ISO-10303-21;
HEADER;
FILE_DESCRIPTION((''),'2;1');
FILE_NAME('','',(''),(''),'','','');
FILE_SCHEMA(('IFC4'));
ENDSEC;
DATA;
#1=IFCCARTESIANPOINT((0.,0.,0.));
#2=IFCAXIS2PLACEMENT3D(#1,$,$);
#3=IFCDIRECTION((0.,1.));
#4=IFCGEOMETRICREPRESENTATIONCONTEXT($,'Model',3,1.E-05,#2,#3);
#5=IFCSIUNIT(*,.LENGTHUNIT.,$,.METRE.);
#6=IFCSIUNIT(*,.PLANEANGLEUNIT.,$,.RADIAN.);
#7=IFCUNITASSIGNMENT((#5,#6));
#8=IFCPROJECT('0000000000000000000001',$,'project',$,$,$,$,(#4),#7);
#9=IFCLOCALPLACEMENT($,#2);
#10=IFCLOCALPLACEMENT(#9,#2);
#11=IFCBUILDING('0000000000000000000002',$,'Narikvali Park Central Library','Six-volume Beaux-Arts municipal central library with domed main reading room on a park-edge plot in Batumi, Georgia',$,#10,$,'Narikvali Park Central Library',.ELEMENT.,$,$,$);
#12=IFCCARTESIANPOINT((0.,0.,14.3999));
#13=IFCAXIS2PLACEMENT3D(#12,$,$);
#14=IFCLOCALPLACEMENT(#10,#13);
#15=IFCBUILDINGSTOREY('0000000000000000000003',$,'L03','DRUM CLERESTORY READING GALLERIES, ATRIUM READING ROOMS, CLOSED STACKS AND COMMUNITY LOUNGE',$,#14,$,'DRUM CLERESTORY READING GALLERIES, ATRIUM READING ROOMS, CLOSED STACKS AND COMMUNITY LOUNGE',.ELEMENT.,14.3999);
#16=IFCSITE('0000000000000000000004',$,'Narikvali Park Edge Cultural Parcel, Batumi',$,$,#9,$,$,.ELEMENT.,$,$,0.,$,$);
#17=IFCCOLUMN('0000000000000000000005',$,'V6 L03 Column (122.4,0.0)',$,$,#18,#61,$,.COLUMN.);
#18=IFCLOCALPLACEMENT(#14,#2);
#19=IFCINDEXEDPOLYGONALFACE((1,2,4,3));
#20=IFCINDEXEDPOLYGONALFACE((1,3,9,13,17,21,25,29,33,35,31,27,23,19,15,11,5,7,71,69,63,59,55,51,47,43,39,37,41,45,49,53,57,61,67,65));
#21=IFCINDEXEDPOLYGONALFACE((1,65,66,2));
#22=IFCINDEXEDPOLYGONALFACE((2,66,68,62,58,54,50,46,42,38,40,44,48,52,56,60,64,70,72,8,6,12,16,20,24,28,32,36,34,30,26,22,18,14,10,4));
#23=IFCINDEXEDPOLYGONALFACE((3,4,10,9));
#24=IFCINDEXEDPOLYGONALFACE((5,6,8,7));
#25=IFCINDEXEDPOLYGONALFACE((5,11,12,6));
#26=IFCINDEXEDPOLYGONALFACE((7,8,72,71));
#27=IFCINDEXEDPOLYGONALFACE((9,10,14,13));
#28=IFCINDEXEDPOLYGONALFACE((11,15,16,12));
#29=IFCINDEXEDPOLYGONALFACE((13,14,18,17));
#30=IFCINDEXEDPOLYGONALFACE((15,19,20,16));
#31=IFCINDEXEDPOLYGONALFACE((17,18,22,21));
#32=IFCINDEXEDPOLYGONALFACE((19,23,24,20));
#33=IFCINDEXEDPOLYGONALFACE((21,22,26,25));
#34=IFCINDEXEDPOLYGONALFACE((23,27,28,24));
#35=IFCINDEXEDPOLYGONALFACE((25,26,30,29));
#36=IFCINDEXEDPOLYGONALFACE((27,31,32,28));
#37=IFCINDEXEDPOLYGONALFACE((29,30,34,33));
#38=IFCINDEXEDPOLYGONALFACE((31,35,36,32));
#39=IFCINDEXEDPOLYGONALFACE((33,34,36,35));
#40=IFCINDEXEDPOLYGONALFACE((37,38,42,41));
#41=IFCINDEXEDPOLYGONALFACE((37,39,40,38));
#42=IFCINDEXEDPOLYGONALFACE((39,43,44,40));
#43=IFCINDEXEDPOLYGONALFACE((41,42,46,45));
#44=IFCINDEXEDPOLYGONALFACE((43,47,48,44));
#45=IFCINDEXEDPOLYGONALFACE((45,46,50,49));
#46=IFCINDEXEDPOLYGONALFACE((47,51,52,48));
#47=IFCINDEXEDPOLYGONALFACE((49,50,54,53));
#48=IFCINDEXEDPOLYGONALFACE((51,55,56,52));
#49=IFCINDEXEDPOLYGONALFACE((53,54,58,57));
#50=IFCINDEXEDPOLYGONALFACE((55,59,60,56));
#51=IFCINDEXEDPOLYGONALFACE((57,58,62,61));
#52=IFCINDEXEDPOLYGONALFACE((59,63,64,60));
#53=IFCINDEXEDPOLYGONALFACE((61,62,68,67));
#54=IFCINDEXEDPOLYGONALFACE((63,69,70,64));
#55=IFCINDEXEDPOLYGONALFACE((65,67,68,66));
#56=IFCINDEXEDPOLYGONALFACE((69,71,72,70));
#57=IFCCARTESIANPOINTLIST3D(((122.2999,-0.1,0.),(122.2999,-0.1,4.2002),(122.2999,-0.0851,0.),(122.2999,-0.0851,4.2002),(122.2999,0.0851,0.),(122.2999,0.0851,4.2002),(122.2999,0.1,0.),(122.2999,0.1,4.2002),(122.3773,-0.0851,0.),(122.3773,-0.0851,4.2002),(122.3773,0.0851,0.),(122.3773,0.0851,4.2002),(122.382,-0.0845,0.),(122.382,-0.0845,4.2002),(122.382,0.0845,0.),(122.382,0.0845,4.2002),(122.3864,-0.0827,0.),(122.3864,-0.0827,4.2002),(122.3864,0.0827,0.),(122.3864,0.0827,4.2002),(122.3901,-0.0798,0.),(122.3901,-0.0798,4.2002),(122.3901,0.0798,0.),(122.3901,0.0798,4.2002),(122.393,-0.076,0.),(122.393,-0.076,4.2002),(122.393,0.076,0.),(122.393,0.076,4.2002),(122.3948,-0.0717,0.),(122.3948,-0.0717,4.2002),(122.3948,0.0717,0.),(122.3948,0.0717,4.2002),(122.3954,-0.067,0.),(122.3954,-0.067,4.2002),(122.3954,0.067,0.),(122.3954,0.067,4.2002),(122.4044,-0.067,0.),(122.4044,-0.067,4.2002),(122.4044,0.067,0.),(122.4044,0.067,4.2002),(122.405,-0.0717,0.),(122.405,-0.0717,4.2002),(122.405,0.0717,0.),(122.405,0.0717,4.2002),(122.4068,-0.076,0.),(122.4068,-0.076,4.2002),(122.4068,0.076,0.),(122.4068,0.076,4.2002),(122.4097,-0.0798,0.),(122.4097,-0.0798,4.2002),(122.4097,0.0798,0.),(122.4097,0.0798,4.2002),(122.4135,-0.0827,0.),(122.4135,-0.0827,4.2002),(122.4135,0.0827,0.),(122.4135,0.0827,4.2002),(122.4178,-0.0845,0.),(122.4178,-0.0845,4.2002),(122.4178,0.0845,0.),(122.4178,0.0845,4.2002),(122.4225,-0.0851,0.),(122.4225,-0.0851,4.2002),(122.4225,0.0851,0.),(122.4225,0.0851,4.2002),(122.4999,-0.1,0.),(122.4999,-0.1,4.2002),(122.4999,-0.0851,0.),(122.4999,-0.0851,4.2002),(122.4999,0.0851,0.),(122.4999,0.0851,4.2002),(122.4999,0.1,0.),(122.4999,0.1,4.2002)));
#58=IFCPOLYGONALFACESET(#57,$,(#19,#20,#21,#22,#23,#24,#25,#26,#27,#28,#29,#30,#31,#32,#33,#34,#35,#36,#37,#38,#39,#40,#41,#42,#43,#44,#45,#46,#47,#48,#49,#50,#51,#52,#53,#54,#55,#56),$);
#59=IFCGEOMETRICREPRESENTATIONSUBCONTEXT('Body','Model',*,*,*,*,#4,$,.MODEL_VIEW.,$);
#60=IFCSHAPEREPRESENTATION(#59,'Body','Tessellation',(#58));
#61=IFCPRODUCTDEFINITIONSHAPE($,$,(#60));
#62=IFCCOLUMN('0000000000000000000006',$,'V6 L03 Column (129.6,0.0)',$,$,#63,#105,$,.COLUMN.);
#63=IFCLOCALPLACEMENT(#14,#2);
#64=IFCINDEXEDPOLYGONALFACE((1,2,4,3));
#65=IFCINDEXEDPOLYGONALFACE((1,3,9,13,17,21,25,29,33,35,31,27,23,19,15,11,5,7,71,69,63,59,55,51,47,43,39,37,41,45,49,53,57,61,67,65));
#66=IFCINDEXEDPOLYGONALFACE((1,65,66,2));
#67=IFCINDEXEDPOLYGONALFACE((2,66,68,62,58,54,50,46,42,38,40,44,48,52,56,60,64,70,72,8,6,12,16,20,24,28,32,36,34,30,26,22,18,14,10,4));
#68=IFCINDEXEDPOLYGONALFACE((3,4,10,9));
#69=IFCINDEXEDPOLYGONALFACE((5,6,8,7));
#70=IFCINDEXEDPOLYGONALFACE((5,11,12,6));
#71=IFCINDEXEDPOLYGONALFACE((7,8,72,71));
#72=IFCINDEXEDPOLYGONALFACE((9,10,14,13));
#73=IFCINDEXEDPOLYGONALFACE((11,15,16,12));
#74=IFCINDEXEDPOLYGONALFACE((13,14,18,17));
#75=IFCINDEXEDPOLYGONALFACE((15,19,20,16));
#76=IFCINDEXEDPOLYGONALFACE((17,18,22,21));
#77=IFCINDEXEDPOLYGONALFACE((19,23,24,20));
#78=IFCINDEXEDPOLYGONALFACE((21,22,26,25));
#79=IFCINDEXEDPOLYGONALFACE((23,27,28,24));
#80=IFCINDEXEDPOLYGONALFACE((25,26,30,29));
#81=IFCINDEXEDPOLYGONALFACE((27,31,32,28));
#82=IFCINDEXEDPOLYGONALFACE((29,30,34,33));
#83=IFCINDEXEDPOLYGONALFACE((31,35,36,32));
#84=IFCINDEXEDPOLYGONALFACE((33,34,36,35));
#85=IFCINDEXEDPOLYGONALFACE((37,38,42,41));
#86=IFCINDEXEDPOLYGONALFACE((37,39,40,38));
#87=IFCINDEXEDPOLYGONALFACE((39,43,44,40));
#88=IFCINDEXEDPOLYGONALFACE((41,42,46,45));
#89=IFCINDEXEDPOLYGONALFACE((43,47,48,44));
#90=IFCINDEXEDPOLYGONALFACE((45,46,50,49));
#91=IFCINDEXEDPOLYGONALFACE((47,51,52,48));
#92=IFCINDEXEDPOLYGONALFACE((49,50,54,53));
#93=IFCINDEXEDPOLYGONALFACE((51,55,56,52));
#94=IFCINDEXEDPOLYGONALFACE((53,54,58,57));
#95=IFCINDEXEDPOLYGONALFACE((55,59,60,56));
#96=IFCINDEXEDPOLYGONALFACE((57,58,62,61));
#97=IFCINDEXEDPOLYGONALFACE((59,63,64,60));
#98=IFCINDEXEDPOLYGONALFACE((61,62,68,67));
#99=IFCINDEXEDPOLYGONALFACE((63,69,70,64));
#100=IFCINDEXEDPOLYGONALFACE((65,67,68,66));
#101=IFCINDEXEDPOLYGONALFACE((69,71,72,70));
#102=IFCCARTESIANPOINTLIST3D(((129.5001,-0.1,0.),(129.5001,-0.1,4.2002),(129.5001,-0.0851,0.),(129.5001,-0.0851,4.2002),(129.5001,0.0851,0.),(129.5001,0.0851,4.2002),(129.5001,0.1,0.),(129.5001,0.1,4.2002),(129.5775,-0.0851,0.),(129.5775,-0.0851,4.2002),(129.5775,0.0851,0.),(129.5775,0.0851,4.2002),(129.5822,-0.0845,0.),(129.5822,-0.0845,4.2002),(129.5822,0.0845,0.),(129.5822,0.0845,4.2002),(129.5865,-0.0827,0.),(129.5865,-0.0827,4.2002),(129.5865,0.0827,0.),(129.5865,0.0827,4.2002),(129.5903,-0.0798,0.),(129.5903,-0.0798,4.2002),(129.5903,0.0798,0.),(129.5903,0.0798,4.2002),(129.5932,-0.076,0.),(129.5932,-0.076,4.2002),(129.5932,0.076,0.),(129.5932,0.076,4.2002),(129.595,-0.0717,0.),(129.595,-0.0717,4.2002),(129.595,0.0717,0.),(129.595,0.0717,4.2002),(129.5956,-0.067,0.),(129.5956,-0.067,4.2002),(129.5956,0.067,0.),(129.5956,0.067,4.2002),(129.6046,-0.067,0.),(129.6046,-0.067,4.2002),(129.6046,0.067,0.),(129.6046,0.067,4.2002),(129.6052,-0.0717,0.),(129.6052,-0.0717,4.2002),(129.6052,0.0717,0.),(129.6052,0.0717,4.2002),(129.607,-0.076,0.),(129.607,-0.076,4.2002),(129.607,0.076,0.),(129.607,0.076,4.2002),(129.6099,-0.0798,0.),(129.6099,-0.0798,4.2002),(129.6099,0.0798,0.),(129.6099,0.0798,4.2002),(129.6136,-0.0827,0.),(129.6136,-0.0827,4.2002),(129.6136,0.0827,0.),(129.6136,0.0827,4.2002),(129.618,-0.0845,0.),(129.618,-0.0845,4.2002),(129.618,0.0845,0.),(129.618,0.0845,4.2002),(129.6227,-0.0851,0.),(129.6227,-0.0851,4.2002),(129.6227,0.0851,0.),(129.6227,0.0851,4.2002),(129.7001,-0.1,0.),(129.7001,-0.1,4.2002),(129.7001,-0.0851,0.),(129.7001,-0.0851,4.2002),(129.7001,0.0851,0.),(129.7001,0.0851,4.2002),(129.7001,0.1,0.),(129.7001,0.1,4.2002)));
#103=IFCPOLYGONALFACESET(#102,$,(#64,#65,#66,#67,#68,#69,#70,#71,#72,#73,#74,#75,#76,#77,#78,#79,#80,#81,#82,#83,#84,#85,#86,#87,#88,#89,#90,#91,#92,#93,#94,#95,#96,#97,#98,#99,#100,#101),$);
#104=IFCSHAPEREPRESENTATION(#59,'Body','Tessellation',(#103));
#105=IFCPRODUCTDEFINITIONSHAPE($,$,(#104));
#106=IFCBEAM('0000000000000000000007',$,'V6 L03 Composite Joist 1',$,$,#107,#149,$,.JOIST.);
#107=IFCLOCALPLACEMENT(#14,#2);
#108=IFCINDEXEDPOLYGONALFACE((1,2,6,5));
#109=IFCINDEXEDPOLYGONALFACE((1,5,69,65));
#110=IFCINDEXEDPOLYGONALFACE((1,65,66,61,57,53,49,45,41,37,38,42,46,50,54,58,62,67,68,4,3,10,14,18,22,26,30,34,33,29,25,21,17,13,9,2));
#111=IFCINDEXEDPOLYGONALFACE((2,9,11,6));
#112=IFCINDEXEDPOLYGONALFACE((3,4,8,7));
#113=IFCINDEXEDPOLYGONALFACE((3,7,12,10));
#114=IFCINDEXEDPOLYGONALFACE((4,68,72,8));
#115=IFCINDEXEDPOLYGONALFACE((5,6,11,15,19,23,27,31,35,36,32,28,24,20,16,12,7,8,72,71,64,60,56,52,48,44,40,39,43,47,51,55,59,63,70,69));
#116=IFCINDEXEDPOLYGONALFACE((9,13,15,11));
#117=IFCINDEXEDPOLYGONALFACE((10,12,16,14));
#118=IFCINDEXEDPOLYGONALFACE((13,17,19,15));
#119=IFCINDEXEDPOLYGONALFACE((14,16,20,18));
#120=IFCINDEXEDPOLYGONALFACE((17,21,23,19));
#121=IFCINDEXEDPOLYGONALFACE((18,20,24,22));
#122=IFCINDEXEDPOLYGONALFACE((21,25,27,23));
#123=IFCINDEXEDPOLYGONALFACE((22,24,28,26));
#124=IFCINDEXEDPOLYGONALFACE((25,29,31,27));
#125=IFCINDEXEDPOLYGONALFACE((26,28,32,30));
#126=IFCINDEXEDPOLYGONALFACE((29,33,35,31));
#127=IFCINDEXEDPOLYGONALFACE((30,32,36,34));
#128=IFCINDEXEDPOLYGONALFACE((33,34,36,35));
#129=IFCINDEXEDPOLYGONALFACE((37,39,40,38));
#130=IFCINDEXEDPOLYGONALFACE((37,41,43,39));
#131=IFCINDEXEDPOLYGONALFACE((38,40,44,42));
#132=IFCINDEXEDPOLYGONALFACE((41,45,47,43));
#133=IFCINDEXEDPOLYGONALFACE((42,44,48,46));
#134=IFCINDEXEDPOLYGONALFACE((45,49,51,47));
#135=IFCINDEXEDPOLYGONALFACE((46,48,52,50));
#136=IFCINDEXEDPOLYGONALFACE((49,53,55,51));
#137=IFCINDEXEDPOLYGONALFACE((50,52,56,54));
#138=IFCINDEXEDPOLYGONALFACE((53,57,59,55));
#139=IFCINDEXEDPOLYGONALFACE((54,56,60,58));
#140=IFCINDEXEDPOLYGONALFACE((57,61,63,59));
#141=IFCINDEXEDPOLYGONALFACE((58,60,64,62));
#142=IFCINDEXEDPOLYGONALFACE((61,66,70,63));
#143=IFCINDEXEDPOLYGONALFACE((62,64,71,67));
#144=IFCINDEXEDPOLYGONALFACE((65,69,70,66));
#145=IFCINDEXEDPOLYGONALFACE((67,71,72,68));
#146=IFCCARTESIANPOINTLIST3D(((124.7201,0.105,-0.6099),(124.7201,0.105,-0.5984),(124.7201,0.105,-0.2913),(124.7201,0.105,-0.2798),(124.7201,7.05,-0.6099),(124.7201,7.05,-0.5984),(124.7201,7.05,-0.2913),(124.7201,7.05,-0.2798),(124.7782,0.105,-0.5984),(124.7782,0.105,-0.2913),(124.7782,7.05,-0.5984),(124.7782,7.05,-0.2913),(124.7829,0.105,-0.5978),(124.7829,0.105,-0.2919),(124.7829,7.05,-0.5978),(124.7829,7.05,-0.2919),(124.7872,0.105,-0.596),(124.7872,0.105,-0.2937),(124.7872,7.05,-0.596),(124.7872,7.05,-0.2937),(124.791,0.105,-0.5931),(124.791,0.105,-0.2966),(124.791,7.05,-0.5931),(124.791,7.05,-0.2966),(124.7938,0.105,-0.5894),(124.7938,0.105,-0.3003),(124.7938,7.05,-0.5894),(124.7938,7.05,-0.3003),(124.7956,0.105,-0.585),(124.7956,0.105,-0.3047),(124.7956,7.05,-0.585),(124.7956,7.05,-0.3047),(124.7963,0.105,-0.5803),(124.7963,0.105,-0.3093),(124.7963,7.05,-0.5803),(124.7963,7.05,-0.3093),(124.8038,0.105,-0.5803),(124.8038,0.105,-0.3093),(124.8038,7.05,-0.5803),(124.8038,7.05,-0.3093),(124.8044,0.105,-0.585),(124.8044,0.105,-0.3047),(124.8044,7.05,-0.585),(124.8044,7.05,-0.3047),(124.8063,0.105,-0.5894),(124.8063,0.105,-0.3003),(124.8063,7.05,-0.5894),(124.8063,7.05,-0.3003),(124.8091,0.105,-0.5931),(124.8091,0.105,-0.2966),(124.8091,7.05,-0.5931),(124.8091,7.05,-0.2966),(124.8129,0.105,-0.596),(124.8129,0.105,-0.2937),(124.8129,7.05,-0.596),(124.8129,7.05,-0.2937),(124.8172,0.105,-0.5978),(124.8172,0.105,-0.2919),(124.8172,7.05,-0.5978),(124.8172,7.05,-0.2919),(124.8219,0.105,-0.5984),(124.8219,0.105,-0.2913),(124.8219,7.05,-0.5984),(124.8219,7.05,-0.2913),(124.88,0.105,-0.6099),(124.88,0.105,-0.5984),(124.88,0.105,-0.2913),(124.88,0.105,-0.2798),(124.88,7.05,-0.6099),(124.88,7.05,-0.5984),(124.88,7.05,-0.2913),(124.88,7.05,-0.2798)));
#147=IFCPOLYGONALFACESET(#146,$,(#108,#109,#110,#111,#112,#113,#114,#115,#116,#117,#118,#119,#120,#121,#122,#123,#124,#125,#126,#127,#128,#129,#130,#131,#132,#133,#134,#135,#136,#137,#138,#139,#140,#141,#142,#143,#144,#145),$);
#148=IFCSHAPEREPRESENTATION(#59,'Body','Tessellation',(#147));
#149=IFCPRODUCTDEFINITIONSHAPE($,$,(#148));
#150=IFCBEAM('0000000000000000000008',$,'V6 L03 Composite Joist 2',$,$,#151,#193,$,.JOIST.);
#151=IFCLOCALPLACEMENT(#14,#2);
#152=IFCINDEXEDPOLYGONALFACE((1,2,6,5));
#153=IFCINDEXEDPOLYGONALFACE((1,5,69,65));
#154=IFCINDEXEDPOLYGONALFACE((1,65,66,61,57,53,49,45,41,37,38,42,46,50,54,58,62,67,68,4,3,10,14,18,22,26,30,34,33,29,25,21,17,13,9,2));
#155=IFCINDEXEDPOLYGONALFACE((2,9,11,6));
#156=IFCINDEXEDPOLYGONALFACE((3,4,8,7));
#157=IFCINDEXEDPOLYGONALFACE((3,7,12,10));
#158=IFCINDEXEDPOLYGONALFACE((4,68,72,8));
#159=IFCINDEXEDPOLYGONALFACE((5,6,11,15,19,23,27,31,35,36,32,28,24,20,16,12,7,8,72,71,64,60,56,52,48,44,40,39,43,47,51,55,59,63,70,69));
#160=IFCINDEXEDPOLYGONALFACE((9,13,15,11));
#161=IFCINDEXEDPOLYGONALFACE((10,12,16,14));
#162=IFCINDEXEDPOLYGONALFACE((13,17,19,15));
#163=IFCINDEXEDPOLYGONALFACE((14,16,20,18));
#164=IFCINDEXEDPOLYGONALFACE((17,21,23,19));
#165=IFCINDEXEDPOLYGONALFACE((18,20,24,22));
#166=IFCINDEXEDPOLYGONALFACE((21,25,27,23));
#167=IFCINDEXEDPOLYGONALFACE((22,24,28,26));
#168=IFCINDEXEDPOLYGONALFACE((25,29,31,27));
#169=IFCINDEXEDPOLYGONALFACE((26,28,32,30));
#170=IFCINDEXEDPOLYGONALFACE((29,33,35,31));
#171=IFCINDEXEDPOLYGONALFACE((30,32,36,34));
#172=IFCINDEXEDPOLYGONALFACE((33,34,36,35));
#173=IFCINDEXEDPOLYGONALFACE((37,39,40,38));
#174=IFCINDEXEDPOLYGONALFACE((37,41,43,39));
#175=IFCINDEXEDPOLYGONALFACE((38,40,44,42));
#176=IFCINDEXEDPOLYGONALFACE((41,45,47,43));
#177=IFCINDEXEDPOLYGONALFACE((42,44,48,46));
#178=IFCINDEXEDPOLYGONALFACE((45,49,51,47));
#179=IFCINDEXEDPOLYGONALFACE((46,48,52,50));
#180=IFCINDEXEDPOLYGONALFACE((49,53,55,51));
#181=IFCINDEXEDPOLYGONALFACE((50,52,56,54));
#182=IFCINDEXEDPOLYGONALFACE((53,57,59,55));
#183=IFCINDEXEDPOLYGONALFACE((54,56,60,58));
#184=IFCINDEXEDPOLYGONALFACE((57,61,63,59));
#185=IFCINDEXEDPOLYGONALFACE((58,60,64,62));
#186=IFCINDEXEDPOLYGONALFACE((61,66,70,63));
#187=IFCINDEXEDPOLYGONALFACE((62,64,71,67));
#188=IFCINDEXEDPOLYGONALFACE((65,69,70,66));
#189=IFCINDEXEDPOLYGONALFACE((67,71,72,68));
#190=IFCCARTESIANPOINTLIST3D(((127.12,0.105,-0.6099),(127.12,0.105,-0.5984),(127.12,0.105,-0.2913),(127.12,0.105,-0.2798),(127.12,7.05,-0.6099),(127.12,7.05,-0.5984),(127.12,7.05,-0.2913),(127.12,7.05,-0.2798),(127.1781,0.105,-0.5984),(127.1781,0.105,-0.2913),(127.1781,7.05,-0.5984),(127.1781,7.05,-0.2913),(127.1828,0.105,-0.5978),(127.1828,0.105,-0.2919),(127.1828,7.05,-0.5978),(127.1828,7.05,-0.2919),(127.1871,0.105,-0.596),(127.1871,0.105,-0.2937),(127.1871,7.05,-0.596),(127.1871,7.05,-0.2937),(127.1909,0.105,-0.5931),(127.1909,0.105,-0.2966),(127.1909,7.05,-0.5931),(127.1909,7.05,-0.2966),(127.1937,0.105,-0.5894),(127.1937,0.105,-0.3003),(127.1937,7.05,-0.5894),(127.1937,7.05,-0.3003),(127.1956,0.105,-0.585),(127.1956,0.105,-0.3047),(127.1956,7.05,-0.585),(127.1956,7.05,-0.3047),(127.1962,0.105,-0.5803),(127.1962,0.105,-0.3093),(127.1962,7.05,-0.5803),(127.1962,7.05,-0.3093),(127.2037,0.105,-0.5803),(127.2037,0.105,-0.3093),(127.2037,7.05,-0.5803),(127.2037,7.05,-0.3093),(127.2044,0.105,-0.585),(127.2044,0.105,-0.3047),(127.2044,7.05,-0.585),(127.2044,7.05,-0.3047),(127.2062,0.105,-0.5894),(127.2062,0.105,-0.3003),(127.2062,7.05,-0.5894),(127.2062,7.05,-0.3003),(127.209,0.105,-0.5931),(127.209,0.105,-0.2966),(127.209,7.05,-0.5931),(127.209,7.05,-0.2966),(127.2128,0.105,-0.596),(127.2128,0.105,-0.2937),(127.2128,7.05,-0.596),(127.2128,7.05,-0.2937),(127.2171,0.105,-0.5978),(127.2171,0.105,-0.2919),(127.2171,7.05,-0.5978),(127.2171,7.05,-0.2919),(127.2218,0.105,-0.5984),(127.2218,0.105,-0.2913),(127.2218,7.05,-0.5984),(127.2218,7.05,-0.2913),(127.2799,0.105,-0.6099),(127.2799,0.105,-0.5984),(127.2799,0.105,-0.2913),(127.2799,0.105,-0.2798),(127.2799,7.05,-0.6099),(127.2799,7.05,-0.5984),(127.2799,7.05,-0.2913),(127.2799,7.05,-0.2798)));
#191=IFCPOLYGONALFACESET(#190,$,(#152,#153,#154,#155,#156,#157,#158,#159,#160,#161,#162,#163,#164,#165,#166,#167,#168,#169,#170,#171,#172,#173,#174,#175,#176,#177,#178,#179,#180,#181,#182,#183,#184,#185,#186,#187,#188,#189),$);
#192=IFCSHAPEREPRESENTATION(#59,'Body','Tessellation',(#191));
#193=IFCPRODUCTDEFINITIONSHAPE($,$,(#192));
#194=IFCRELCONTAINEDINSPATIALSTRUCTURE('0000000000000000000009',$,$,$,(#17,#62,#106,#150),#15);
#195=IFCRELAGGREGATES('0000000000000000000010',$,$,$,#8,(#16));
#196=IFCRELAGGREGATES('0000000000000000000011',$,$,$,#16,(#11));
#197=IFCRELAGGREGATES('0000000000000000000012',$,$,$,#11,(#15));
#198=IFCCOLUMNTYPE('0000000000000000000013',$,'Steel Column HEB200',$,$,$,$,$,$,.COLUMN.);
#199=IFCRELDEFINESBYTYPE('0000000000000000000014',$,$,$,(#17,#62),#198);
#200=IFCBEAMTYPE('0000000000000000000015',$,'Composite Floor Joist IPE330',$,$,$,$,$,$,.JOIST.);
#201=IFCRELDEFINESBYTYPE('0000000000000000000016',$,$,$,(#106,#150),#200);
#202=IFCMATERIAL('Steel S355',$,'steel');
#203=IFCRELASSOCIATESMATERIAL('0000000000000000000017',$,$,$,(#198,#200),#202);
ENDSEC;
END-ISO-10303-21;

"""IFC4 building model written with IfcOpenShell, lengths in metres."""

from ifc_helpers import new_model, si_unit, direction, frame, origin, origin_2d, place, context, subcontext, project, spatial, i_section, extrude, material, material_profile, profile_set, type_object, element, save


model = new_model("IFC4")

# Units and contexts
model_context = context("Model", 3, precision=1e-05, world=origin(), true_north=direction((0.0, 1.0)))
body_context = subcontext(model_context, "Body", "Model", "MODEL_VIEW")
ifc_project = project(units=[si_unit("LENGTHUNIT", "METRE"), si_unit("PLANEANGLEUNIT", "RADIAN")], contexts=[model_context])

# Site, building, storey
site_placement = place(None, origin())
site = spatial("IfcSite", under=ifc_project, at=site_placement, Name="Narikvali Park Edge Cultural Parcel, Batumi", CompositionType="ELEMENT", RefElevation=0.0)
building_placement = place(site_placement, origin())
building = spatial("IfcBuilding", under=site, at=building_placement, Name="Narikvali Park Central Library", Description="Six-volume Beaux-Arts municipal central library with domed main reading room on a park-edge plot in Batumi, Georgia", LongName="Narikvali Park Central Library", CompositionType="ELEMENT")
storey_placement = place(building_placement, frame((0.0, 0.0, 14.3999)))
storey = spatial("IfcBuildingStorey", under=building, at=storey_placement, Name="L03", Description="DRUM CLERESTORY READING GALLERIES, ATRIUM READING ROOMS, CLOSED STACKS AND COMMUNITY LOUNGE", LongName="DRUM CLERESTORY READING GALLERIES, ATRIUM READING ROOMS, CLOSED STACKS AND COMMUNITY LOUNGE", CompositionType="ELEMENT", Elevation=14.3999)

# Columns
ifc_material_1 = material(Name="Steel S355", Category="steel")
ifc_material_profile_1 = material_profile(ifc_material_1, i_section(OverallWidth=0.2, OverallDepth=0.2, WebThickness=0.009, FlangeThickness=0.0149, FilletRadius=0.0181, at=origin_2d()), Name="HEB 200")
ifc_profile_set_1 = profile_set([ifc_material_profile_1], Name="Steel S355")
column_type = type_object("IfcColumnType", Name="Steel Column HEB200", PredefinedType="COLUMN", material=ifc_profile_set_1)
for number, where, z_axis, x_axis, name in (
    (1, (122.3999, 0.0, 0.0), (0.0, 0.0, 1.0), (1.0, 0.0, 0.0), "V6 L03 Column (122.4,0.0)"),
    (2, (129.6001, 0.0, 0.0), (0.0, 0.0, 1.0), (1.0, 0.0, 0.0), "V6 L03 Column (129.6,0.0)"),
):
    element("IfcColumn", number, at=place(storey_placement, frame(where, z_axis=z_axis, x_axis=x_axis)), inside=storey, type_object=column_type, Name=name, PredefinedType="COLUMN", context=body_context, shape_type="SweptSolid", body=[
        extrude(i_section(OverallWidth=0.2, OverallDepth=0.2, WebThickness=0.009, FlangeThickness=0.0149, FilletRadius=0.0181, at=origin_2d()), origin(), (0.0, 0.0, 1.0), 4.2002),
    ])

# Beams
ifc_material_profile_2 = material_profile(ifc_material_1, i_section(OverallWidth=0.1599, OverallDepth=0.3301, WebThickness=0.0076, FlangeThickness=0.0115, FilletRadius=0.0181, at=origin_2d()), Name="IPE 330")
ifc_profile_set_2 = profile_set([ifc_material_profile_2], Name="Steel S355")
beam_type_1 = type_object("IfcBeamType", Name="Composite Floor Joist IPE330", PredefinedType="JOIST", material=ifc_profile_set_2)
for number, where, z_axis, x_axis, name in (
    (3, (124.8, 0.105, -0.4448), (0.0, 1.0, 0.0), (-1.0, 0.0, 0.0), "V6 L03 Composite Joist 1"),
    (4, (127.2, 0.105, -0.4448), (0.0, 1.0, 0.0), (-1.0, 0.0, 0.0), "V6 L03 Composite Joist 2"),
):
    element("IfcBeam", number, at=place(storey_placement, frame(where, z_axis=z_axis, x_axis=x_axis)), inside=storey, type_object=beam_type_1, Name=name, PredefinedType="JOIST", context=body_context, shape_type="SweptSolid", body=[
        extrude(i_section(OverallWidth=0.1599, OverallDepth=0.3301, WebThickness=0.0076, FlangeThickness=0.0115, FilletRadius=0.0181, at=origin_2d()), origin(), (0.0, 0.0, 1.0), 6.9451),
    ])

save(model, "model.ifc")
